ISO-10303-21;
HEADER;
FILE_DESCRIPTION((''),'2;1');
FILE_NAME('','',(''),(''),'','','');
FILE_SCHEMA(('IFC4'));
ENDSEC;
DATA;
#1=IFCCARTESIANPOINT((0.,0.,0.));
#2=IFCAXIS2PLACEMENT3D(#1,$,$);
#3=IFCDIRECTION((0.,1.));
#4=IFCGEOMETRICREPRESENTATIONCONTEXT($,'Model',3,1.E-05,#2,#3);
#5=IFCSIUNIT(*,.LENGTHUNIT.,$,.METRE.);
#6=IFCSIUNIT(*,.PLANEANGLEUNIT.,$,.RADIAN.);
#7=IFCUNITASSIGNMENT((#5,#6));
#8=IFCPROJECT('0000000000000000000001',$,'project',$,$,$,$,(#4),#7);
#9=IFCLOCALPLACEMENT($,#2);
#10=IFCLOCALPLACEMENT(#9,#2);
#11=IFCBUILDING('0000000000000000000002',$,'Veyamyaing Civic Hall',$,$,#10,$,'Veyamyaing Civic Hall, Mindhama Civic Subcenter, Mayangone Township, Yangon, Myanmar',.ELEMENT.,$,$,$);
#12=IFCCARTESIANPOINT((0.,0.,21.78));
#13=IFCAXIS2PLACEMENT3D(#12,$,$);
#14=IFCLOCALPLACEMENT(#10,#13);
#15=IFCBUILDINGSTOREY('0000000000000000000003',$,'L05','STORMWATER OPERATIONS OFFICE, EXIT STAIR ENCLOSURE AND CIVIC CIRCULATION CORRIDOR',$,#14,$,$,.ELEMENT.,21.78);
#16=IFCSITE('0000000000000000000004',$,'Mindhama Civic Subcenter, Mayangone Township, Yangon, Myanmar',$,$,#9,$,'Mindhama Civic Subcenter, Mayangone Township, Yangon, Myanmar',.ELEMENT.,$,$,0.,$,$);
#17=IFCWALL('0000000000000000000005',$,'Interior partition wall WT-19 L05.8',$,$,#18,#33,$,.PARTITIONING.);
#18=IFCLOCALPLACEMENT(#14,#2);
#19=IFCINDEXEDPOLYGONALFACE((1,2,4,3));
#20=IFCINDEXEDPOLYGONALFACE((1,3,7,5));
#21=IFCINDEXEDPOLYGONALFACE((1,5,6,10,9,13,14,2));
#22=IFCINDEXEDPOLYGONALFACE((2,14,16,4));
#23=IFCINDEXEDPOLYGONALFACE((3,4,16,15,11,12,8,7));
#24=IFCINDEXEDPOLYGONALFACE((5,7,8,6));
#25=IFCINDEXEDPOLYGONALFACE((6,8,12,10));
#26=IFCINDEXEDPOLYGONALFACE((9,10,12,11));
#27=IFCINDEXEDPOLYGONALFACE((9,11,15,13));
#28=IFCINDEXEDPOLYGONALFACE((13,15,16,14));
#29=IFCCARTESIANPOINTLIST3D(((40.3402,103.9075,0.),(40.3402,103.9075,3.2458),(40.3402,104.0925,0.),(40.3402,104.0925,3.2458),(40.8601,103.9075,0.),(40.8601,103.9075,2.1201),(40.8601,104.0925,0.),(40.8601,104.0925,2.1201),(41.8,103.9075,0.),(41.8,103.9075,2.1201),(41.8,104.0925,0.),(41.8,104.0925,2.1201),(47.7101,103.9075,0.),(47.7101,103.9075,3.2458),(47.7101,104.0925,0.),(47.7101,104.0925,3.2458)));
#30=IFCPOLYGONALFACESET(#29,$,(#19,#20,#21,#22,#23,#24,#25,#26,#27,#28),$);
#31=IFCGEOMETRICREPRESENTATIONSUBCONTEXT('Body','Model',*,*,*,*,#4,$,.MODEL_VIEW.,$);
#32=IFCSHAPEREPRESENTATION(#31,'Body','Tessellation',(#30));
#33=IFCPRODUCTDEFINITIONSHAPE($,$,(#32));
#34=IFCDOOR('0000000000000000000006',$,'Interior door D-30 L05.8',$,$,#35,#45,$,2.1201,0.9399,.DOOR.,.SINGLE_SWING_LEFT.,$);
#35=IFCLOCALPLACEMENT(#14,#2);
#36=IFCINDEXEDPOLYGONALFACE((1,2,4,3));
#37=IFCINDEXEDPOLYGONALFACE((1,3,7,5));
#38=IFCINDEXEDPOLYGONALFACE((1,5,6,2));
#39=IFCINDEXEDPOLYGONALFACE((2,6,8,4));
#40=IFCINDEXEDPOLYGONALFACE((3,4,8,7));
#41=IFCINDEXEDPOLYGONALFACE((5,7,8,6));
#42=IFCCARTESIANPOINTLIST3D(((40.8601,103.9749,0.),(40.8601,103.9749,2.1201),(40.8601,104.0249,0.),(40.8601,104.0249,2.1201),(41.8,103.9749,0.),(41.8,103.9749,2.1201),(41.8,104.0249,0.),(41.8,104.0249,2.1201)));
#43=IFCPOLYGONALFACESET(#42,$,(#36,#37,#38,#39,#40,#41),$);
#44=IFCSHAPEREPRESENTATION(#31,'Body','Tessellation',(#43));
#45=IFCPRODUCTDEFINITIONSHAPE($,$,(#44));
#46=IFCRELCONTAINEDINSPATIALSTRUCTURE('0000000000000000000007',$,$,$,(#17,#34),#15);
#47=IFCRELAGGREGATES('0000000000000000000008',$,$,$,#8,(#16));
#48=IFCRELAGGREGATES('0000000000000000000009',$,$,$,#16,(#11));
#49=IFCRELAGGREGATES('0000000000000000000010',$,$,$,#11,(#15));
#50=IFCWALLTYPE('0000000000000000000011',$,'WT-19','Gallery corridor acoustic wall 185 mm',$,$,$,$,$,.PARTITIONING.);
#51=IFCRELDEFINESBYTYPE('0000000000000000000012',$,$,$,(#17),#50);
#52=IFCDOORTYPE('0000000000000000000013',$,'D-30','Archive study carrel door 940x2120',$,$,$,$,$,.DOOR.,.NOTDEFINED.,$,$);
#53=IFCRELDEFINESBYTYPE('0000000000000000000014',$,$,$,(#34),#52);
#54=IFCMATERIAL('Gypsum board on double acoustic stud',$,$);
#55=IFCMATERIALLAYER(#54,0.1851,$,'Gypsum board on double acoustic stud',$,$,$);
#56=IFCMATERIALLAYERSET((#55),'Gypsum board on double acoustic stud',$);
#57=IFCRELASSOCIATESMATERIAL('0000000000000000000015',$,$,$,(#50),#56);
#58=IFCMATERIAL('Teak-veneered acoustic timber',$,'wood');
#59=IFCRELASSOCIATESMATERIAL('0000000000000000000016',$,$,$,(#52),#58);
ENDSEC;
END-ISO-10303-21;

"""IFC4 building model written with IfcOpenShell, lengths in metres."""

from ifc_helpers import new_model, si_unit, direction, frame, frame_2d, origin, place, context, subcontext, project, spatial, rectangle, extrude, material, layer, layer_set, type_object, element, fill, save


model = new_model("IFC4")

# Units and contexts
model_context = context("Model", 3, precision=1e-05, world=origin(), true_north=direction((0.0, 1.0)))
body_context = subcontext(model_context, "Body", "Model", "MODEL_VIEW")
ifc_project = project(units=[si_unit("LENGTHUNIT", "METRE"), si_unit("PLANEANGLEUNIT", "RADIAN")], contexts=[model_context])

# Site, building, storey
site_placement = place(None, origin())
site = spatial("IfcSite", under=ifc_project, at=site_placement, Name="Mindhama Civic Subcenter, Mayangone Township, Yangon, Myanmar", LongName="Mindhama Civic Subcenter, Mayangone Township, Yangon, Myanmar", CompositionType="ELEMENT", RefElevation=0.0)
building_placement = place(site_placement, origin())
building = spatial("IfcBuilding", under=site, at=building_placement, Name="Veyamyaing Civic Hall", LongName="Veyamyaing Civic Hall, Mindhama Civic Subcenter, Mayangone Township, Yangon, Myanmar", CompositionType="ELEMENT")
storey_placement = place(building_placement, frame((0.0, 0.0, 21.78)))
storey = spatial("IfcBuildingStorey", under=building, at=storey_placement, Name="L05", Description="STORMWATER OPERATIONS OFFICE, EXIT STAIR ENCLOSURE AND CIVIC CIRCULATION CORRIDOR", CompositionType="ELEMENT", Elevation=21.78)

# Wall, opening, door
ifc_material_1 = material(Name="Gypsum board on double acoustic stud")
ifc_layer_1 = layer(ifc_material_1, 0.1851, Name="Gypsum board on double acoustic stud")
ifc_layer_set_1 = layer_set([ifc_layer_1], Name="Gypsum board on double acoustic stud")
wall_type = type_object("IfcWallType", Name="WT-19", Description="Gallery corridor acoustic wall 185 mm", PredefinedType="PARTITIONING", material=ifc_layer_set_1)
wall_placement = place(storey_placement, frame((40.3401, 104.0, 0.0), z_axis=(0.0, 0.0, 1.0), x_axis=(1.0, 0.0, 0.0)))
wall = element("IfcWall", 1, at=wall_placement, inside=storey, type_object=wall_type, Name="Interior partition wall WT-19 L05.8", PredefinedType="PARTITIONING", context=body_context, shape_type="SweptSolid", body=[
    extrude(rectangle(XDim=7.3699, YDim=0.1851, at=frame_2d((3.6851, 0.0))), origin(), (0.0, 0.0, 1.0), 3.2458),
])
opening_placement = place(wall_placement, frame((0.52, 0.0, 0.0)))
opening = element("IfcOpeningElement", 2, at=opening_placement, cuts=wall, PredefinedType="OPENING", context=body_context, shape_type="SweptSolid", body=[
    extrude(rectangle(XDim=0.9399, YDim=2.1201, at=frame_2d((0.47, 1.0601))), frame((0.0, 0.1025, 0.0), z_axis=(0.0, -1.0, 0.0), x_axis=(1.0, 0.0, 0.0)), (0.0, 0.0, 1.0), 0.2051),
])
ifc_material_2 = material(Name="Teak-veneered acoustic timber", Category="wood")
door_type = type_object("IfcDoorType", Name="D-30", Description="Archive study carrel door 940x2120", OperationType="NOTDEFINED", PredefinedType="DOOR", material=ifc_material_2)
door_placement = place(opening_placement, origin())
door = element("IfcDoor", 3, at=door_placement, inside=storey, type_object=door_type, Name="Interior door D-30 L05.8", OperationType="SINGLE_SWING_LEFT", OverallHeight=2.1201, OverallWidth=0.9399, PredefinedType="DOOR", context=body_context, shape_type="SweptSolid", body=[
    extrude(rectangle(XDim=0.9399, YDim=2.1201, at=frame_2d((0.47, 1.0601))), frame((0.0, 0.0249, 0.0), z_axis=(0.0, -1.0, 0.0), x_axis=(1.0, 0.0, 0.0)), (0.0, 0.0, 1.0), 0.05),
])
fill(opening, door)

save(model, "model.ifc")
